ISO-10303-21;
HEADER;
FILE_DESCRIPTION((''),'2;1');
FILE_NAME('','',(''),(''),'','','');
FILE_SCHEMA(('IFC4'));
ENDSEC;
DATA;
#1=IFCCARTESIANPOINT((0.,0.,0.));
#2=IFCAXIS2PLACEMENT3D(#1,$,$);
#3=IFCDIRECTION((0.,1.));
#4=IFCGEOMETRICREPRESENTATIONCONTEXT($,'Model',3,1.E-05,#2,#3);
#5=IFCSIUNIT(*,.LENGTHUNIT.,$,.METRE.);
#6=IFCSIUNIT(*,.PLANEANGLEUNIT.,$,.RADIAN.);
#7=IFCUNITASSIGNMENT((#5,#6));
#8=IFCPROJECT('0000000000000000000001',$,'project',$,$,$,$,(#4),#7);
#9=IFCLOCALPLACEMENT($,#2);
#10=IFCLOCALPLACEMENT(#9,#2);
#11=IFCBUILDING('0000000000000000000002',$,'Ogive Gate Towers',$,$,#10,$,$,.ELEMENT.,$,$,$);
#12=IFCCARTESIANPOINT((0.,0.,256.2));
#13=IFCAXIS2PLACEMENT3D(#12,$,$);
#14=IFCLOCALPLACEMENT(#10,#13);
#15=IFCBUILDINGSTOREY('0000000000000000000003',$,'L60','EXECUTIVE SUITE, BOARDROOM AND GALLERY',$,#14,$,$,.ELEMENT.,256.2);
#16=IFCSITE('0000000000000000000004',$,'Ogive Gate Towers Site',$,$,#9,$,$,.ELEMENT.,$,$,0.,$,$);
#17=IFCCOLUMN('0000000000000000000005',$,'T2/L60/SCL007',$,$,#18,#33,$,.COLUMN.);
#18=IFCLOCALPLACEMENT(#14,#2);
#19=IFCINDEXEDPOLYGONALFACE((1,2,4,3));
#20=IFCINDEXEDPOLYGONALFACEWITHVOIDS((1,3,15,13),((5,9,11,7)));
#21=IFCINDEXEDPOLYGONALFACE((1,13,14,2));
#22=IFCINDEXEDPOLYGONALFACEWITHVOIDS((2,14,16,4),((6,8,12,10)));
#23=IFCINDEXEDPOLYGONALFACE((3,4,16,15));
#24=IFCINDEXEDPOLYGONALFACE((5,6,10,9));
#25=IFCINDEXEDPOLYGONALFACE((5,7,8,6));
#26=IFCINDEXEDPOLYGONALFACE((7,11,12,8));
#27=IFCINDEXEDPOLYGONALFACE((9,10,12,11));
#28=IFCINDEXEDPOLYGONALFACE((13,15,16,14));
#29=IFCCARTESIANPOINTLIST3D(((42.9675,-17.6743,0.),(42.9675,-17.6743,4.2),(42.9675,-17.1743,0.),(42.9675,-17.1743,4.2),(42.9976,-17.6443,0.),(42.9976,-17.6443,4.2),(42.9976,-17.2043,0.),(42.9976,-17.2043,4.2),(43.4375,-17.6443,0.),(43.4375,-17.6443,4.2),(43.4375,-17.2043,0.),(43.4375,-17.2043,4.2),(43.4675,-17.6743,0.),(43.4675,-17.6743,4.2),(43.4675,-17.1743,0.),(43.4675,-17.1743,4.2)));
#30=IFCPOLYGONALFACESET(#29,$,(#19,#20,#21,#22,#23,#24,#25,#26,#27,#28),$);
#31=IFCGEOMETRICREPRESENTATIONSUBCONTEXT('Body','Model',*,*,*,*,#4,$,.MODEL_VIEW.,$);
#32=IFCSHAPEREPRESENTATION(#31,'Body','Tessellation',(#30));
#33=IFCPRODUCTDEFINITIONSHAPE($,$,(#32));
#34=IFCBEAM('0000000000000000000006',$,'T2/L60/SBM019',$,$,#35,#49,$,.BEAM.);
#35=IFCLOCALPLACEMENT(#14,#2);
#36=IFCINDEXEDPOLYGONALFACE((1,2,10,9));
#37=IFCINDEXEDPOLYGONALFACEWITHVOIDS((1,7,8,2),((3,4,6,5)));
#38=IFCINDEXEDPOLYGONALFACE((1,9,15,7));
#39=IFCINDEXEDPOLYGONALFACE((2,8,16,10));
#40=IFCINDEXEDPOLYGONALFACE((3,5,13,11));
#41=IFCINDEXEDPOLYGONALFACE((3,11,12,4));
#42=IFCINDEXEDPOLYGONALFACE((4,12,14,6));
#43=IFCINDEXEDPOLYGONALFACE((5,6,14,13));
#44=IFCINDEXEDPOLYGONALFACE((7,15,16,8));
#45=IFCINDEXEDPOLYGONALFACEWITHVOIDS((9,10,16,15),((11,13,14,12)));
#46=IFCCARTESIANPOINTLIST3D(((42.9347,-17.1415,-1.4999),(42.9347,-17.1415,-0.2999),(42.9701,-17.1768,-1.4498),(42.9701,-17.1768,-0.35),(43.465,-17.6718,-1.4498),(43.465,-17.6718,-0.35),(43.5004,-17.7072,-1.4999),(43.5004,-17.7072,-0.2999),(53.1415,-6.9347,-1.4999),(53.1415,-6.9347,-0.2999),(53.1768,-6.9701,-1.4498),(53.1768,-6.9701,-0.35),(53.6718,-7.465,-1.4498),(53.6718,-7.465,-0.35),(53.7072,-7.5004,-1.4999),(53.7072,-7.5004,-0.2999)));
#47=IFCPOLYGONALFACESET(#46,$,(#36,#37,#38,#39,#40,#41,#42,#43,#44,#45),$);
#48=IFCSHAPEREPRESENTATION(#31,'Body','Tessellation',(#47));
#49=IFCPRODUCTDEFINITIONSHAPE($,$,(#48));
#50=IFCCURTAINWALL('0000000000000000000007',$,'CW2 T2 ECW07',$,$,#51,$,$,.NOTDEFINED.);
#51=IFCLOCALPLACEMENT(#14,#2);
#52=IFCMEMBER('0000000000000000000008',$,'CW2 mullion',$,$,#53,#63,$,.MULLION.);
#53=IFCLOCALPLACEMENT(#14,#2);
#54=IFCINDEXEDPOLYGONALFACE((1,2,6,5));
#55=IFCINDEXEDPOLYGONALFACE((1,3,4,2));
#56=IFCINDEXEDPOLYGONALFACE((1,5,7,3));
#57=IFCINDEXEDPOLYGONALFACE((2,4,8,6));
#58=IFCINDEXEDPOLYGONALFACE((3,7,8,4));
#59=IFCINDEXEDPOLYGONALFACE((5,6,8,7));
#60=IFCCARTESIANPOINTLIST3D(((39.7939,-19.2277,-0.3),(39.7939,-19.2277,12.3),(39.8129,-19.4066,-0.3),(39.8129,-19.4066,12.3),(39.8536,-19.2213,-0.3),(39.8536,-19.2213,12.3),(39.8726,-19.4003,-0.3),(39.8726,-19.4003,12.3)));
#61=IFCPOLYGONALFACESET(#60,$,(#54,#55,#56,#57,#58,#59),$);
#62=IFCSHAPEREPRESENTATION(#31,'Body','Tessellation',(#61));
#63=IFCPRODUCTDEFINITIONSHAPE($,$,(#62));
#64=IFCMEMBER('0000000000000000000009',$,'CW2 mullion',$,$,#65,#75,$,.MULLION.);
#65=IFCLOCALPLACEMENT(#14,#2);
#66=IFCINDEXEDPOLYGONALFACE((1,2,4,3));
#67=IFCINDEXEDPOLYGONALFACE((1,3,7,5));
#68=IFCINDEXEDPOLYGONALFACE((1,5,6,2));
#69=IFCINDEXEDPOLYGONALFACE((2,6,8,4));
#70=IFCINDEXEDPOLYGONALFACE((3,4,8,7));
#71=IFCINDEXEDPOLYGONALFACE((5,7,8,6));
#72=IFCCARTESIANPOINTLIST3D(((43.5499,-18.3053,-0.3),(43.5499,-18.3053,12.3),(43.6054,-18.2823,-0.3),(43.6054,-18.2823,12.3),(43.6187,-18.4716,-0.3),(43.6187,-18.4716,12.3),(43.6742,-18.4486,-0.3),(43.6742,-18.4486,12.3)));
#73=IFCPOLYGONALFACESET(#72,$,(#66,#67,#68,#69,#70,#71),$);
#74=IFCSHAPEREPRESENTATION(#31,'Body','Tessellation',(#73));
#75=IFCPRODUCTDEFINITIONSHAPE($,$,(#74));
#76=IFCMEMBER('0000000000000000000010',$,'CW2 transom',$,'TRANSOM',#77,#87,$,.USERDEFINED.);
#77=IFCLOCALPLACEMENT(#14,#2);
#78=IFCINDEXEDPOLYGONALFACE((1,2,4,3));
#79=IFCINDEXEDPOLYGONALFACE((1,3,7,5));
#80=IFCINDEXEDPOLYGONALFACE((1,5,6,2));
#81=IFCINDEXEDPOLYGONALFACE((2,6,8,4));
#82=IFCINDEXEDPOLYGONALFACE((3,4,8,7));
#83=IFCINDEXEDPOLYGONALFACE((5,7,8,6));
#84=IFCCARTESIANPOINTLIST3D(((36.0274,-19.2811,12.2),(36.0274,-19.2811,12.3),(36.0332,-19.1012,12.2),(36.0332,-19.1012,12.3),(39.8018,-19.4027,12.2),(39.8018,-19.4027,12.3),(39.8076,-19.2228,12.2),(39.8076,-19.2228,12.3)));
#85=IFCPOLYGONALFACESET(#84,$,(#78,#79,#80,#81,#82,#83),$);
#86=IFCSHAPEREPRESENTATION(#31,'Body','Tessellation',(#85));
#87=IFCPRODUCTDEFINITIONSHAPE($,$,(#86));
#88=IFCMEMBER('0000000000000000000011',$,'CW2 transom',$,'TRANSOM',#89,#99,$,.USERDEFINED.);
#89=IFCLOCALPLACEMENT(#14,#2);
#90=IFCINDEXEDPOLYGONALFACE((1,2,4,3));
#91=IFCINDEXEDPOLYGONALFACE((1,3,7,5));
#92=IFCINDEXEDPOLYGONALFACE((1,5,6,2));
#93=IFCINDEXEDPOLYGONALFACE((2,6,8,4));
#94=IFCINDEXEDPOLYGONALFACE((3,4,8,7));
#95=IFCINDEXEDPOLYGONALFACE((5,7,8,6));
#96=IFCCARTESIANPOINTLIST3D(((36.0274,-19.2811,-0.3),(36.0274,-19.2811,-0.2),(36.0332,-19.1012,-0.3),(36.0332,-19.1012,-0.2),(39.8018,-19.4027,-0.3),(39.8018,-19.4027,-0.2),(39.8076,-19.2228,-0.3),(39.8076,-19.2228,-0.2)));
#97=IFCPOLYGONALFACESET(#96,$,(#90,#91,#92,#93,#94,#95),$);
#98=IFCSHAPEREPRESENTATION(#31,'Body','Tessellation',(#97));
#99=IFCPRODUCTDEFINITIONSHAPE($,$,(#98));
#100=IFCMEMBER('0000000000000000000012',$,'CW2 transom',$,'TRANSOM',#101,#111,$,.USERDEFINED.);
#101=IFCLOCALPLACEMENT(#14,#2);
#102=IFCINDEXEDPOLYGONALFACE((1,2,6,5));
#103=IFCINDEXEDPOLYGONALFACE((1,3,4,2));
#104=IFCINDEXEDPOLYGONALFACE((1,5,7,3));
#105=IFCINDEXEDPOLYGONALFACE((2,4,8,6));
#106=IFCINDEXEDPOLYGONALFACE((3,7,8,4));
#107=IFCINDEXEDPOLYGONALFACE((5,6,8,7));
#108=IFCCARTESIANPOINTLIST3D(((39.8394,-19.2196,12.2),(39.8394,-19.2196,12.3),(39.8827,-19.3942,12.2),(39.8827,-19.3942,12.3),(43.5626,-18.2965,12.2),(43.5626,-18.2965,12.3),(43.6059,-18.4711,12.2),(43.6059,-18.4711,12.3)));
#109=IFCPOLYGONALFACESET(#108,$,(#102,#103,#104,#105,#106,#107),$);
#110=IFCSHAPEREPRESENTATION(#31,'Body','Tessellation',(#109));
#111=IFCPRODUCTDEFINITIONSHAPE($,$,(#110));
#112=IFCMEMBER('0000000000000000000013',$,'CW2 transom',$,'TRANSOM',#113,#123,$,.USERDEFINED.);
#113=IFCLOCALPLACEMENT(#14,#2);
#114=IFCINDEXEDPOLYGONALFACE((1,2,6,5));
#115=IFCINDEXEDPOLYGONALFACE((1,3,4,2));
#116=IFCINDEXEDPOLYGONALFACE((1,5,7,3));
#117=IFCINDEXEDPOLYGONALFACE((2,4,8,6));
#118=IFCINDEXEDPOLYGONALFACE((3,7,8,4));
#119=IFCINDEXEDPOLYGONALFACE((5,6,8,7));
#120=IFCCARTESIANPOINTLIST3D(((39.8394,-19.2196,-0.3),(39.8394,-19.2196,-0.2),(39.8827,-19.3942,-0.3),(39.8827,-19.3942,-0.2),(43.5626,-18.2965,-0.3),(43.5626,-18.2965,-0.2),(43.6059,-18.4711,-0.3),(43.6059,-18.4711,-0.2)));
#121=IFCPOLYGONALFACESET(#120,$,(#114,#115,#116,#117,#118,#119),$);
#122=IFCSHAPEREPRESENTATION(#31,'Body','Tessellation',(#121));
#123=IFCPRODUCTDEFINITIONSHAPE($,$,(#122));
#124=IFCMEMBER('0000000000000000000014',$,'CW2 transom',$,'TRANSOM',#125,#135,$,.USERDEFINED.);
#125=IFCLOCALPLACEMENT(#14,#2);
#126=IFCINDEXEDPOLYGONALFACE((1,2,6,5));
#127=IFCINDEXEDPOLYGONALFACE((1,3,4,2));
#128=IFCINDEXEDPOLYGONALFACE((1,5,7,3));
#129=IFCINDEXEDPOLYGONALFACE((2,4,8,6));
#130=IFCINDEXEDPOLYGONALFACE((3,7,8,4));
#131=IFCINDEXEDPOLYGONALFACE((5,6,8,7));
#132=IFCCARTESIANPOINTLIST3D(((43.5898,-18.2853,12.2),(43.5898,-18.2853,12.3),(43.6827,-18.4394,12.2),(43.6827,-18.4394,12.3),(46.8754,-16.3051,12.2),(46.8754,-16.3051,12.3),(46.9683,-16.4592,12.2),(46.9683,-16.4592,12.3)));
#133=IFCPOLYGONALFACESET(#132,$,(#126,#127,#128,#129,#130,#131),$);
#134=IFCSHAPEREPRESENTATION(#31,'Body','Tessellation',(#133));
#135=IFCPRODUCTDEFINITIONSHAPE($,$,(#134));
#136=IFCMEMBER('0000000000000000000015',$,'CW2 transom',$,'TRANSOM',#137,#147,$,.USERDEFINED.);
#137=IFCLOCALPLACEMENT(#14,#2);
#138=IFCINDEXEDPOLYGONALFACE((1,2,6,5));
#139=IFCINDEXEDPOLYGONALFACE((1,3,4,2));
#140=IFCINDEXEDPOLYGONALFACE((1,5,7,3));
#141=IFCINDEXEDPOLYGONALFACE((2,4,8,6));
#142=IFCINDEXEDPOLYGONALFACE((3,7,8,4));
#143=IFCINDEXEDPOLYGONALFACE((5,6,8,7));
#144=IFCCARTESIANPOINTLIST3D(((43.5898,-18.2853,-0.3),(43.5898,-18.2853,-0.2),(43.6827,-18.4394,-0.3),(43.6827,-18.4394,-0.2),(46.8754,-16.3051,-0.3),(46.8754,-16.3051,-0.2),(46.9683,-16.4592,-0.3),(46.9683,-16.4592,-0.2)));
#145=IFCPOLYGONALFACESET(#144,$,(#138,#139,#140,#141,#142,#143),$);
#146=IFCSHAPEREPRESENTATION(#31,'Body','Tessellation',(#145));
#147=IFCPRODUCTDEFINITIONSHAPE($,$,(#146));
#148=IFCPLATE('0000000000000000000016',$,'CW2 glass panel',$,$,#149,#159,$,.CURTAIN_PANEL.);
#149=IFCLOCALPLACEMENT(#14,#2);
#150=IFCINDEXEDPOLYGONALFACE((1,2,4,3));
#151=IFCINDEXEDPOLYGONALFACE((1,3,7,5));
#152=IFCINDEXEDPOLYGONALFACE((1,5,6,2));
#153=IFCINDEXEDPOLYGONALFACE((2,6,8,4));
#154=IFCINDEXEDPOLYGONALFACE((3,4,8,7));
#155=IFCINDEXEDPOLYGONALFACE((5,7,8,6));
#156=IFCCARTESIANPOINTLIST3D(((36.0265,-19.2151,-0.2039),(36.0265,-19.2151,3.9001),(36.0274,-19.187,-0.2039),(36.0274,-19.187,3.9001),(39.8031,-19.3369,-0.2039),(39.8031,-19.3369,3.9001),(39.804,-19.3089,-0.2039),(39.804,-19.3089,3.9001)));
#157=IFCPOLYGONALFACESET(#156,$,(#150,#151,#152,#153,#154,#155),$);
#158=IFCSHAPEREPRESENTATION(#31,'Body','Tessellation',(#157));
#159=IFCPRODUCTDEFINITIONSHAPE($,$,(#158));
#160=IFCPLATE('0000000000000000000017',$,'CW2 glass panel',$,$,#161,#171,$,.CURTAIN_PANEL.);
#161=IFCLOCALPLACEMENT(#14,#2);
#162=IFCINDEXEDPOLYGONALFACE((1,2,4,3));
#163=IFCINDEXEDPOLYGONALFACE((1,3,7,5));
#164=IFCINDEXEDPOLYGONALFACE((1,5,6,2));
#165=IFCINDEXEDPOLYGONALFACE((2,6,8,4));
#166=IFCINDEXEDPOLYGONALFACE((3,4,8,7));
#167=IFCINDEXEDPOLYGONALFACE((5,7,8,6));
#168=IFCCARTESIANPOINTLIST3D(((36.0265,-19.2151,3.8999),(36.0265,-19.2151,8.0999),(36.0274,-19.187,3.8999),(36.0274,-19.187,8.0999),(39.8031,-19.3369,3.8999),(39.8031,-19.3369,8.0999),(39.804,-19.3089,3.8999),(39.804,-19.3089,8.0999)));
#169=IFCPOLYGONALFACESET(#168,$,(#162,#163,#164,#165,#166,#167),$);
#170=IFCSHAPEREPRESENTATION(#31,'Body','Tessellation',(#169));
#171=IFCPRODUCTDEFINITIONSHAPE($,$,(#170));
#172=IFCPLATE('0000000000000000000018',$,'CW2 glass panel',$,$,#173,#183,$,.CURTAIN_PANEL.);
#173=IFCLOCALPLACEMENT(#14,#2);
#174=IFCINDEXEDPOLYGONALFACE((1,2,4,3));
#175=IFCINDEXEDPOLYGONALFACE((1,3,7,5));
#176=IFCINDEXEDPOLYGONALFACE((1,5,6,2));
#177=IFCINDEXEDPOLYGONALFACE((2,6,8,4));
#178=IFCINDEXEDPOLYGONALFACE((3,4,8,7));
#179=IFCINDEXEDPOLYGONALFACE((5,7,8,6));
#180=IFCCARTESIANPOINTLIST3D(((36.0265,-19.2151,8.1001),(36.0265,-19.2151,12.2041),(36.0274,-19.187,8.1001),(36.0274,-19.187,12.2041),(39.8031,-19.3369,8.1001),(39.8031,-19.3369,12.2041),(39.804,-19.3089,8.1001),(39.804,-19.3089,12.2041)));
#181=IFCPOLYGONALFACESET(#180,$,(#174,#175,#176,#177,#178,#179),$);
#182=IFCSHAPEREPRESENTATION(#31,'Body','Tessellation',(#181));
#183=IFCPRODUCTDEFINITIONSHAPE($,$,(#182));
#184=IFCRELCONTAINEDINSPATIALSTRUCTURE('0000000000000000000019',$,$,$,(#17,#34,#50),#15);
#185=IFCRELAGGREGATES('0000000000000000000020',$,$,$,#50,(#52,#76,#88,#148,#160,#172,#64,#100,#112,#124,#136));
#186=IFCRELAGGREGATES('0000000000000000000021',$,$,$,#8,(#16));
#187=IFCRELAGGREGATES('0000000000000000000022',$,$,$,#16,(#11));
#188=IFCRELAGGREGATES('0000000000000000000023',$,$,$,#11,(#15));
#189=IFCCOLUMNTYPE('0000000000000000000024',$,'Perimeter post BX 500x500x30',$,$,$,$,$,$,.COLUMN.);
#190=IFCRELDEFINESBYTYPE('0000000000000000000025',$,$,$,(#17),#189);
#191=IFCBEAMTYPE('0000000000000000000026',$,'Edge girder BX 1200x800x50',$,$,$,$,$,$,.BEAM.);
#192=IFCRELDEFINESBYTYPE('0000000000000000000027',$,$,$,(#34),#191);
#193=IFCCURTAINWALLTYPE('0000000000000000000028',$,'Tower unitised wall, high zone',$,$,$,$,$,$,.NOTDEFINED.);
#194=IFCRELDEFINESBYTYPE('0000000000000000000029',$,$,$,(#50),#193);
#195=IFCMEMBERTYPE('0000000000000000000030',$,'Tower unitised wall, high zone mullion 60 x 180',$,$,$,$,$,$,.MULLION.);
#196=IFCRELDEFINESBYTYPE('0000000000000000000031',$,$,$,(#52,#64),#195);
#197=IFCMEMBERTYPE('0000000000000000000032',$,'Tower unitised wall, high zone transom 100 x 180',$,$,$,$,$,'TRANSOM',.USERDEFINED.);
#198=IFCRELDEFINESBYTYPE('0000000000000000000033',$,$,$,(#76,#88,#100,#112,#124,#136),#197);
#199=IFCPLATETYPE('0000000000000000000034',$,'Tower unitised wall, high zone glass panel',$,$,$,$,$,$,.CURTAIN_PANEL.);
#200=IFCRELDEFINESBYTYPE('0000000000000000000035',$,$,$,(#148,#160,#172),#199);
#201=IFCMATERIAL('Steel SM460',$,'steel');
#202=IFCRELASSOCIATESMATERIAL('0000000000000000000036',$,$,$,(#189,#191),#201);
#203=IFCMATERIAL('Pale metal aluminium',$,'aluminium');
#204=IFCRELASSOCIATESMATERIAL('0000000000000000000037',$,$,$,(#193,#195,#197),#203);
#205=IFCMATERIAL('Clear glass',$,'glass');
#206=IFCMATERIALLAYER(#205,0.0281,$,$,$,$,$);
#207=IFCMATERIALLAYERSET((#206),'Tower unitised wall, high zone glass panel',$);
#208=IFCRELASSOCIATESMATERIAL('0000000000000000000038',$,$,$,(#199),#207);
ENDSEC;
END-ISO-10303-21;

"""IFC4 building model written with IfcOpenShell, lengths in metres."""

from ifc_helpers import new_model, si_unit, direction, frame, origin, origin_2d, place, context, subcontext, project, spatial, rectangle, hollow_rectangle, extrude, material, layer, layer_set, material_profile, profile_set, type_object, element, aggregate, save


model = new_model("IFC4")

# Units and contexts
model_context = context("Model", 3, precision=1e-05, world=origin(), true_north=direction((0.0, 1.0)))
body_context = subcontext(model_context, "Body", "Model", "MODEL_VIEW")
ifc_project = project(units=[si_unit("LENGTHUNIT", "METRE"), si_unit("PLANEANGLEUNIT", "RADIAN")], contexts=[model_context])

# Site, building, storey
site_placement = place(None, origin())
site = spatial("IfcSite", under=ifc_project, at=site_placement, Name="Ogive Gate Towers Site", CompositionType="ELEMENT", RefElevation=0.0)
building_placement = place(site_placement, origin())
building = spatial("IfcBuilding", under=site, at=building_placement, Name="Ogive Gate Towers", CompositionType="ELEMENT")
storey_placement = place(building_placement, frame((0.0, 0.0, 256.2)))
storey = spatial("IfcBuildingStorey", under=building, at=storey_placement, Name="L60", Description="EXECUTIVE SUITE, BOARDROOM AND GALLERY", CompositionType="ELEMENT", Elevation=256.2)

# Column
ifc_material_1 = material(Name="Steel SM460", Category="steel")
ifc_material_profile_1 = material_profile(ifc_material_1, hollow_rectangle(XDim=0.5, YDim=0.5, WallThickness=0.03, at=origin_2d()), Name="BX 500x500x30")
ifc_profile_set_1 = profile_set([ifc_material_profile_1], Name="Steel SM460")
column_type = type_object("IfcColumnType", Name="Perimeter post BX 500x500x30", PredefinedType="COLUMN", material=ifc_profile_set_1)
column_placement = place(storey_placement, frame((43.2175, -17.4243, 0.0), z_axis=(0.0, 0.0, 1.0), x_axis=(1.0, 0.0, 0.0)))
element("IfcColumn", 1, at=column_placement, inside=storey, type_object=column_type, Name="T2/L60/SCL007", PredefinedType="COLUMN", context=body_context, shape_type="SweptSolid", body=[
    extrude(hollow_rectangle(XDim=0.5, YDim=0.5, WallThickness=0.03, at=origin_2d()), origin(), (0.0, 0.0, 1.0), 4.2),
])

# Beam
ifc_material_profile_2 = material_profile(ifc_material_1, hollow_rectangle(XDim=0.8, YDim=1.2, WallThickness=0.05, at=origin_2d()), Name="BX 1200x800x50")
ifc_profile_set_2 = profile_set([ifc_material_profile_2], Name="Steel SM460")
beam_type = type_object("IfcBeamType", Name="Edge girder BX 1200x800x50", PredefinedType="BEAM", material=ifc_profile_set_2)
beam_placement = place(storey_placement, frame((43.2175, -17.4243, -0.8999), z_axis=(0.707107, 0.707107, 0.0), x_axis=(-0.707107, 0.707107, 0.0)))
element("IfcBeam", 2, at=beam_placement, inside=storey, type_object=beam_type, Name="T2/L60/SBM019", PredefinedType="BEAM", context=body_context, shape_type="SweptSolid", body=[
    extrude(hollow_rectangle(XDim=0.8, YDim=1.2, WallThickness=0.05, at=origin_2d()), origin(), (0.0, 0.0, 1.0), 14.4346),
])

# Curtain wall, members, plates
ifc_material_2 = material(Name="Pale metal aluminium", Category="aluminium")
curtain_wall_type = type_object("IfcCurtainWallType", Name="Tower unitised wall, high zone", PredefinedType="NOTDEFINED", material=ifc_material_2)
curtain_wall_placement = place(storey_placement, origin())
curtain_wall = element("IfcCurtainWall", 3, at=curtain_wall_placement, inside=storey, type_object=curtain_wall_type, Name="CW2 T2 ECW07", PredefinedType="NOTDEFINED")
ifc_material_profile_3 = material_profile(ifc_material_2, rectangle(XDim=0.1799, YDim=0.0601, at=origin_2d()), Name="60 x 180 aluminium box")
ifc_profile_set_3 = profile_set([ifc_material_profile_3], Name="Pale metal aluminium")
member_type_1 = type_object("IfcMemberType", Name="Tower unitised wall, high zone mullion 60 x 180", PredefinedType="MULLION", material=ifc_profile_set_3)
member_1_placement = place(storey_placement, frame((39.8333, -19.314, -0.3), z_axis=(0.0, 0.0, 1.0), x_axis=(0.105205, -0.994451, 0.0)))
member_1 = element("IfcMember", 4, at=member_1_placement, type_object=member_type_1, Name="CW2 mullion", PredefinedType="MULLION", context=body_context, shape_type="SweptSolid", body=[
    extrude(rectangle(XDim=0.1799, YDim=0.0601, at=origin_2d()), origin(), (0.0, 0.0, 1.0), 12.6001),
])
member_2_placement = place(storey_placement, frame((43.6121, -18.377, -0.3), z_axis=(0.0, 0.0, 1.0), x_axis=(0.382683, -0.92388, 0.0)))
member_2 = element("IfcMember", 5, at=member_2_placement, type_object=member_type_1, Name="CW2 mullion", PredefinedType="MULLION", context=body_context, shape_type="SweptSolid", body=[
    extrude(rectangle(XDim=0.1799, YDim=0.0601, at=origin_2d()), origin(), (0.0, 0.0, 1.0), 12.6001),
])
ifc_material_profile_4 = material_profile(ifc_material_2, rectangle(XDim=0.1799, YDim=0.1001, at=origin_2d()), Name="100 x 180 aluminium box")
ifc_profile_set_4 = profile_set([ifc_material_profile_4], Name="Pale metal aluminium")
member_type_2 = type_object("IfcMemberType", Name="Tower unitised wall, high zone transom 100 x 180", ElementType="TRANSOM", PredefinedType="USERDEFINED", material=ifc_profile_set_4)
member_3_placement = place(storey_placement, frame((36.0303, -19.1912, 12.25), z_axis=(0.999482, -0.032195, 0.0), x_axis=(0.032195, 0.999482, 0.0)))
member_3 = element("IfcMember", 6, at=member_3_placement, type_object=member_type_2, Name="CW2 transom", ObjectType="TRANSOM", PredefinedType="USERDEFINED", context=body_context, shape_type="SweptSolid", body=[
    extrude(rectangle(XDim=0.1799, YDim=0.1001, at=origin_2d()), origin(), (0.0, 0.0, 1.0), 3.7764),
])
member_4_placement = place(storey_placement, frame((36.0303, -19.1912, -0.25), z_axis=(0.999482, -0.032195, 0.0), x_axis=(0.032195, 0.999482, 0.0)))
member_4 = element("IfcMember", 7, at=member_4_placement, type_object=member_type_2, Name="CW2 transom", ObjectType="TRANSOM", PredefinedType="USERDEFINED", context=body_context, shape_type="SweptSolid", body=[
    extrude(rectangle(XDim=0.1799, YDim=0.1001, at=origin_2d()), origin(), (0.0, 0.0, 1.0), 3.7764),
])
member_5_placement = place(storey_placement, frame((39.8611, -19.3069, 12.25), z_axis=(0.970612, 0.240648, 0.0), x_axis=(-0.240648, 0.970612, 0.0)))
member_5 = element("IfcMember", 8, at=member_5_placement, type_object=member_type_2, Name="CW2 transom", ObjectType="TRANSOM", PredefinedType="USERDEFINED", context=body_context, shape_type="SweptSolid", body=[
    extrude(rectangle(XDim=0.1799, YDim=0.1001, at=origin_2d()), origin(), (0.0, 0.0, 1.0), 3.8359),
])
member_6_placement = place(storey_placement, frame((39.8611, -19.3069, -0.25), z_axis=(0.970612, 0.240648, 0.0), x_axis=(-0.240648, 0.970612, 0.0)))
member_6 = element("IfcMember", 9, at=member_6_placement, type_object=member_type_2, Name="CW2 transom", ObjectType="TRANSOM", PredefinedType="USERDEFINED", context=body_context, shape_type="SweptSolid", body=[
    extrude(rectangle(XDim=0.1799, YDim=0.1001, at=origin_2d()), origin(), (0.0, 0.0, 1.0), 3.8359),
])
member_7_placement = place(storey_placement, frame((43.6362, -18.3623, 12.25), z_axis=(0.856475, 0.516189, 0.0), x_axis=(-0.516189, 0.856475, 0.0)))
member_7 = element("IfcMember", 10, at=member_7_placement, type_object=member_type_2, Name="CW2 transom", ObjectType="TRANSOM", PredefinedType="USERDEFINED", context=body_context, shape_type="SweptSolid", body=[
    extrude(rectangle(XDim=0.1799, YDim=0.1001, at=origin_2d()), origin(), (0.0, 0.0, 1.0), 3.8362),
])
member_8_placement = place(storey_placement, frame((43.6362, -18.3623, -0.25), z_axis=(0.856475, 0.516189, 0.0), x_axis=(-0.516189, 0.856475, 0.0)))
member_8 = element("IfcMember", 11, at=member_8_placement, type_object=member_type_2, Name="CW2 transom", ObjectType="TRANSOM", PredefinedType="USERDEFINED", context=body_context, shape_type="SweptSolid", body=[
    extrude(rectangle(XDim=0.1799, YDim=0.1001, at=origin_2d()), origin(), (0.0, 0.0, 1.0), 3.8362),
])
ifc_material_3 = material(Name="Clear glass", Category="glass")
ifc_layer_1 = layer(ifc_material_3, 0.0281)
ifc_layer_set_1 = layer_set([ifc_layer_1], Name="Tower unitised wall, high zone glass panel")
plate_type = type_object("IfcPlateType", Name="Tower unitised wall, high zone glass panel", PredefinedType="CURTAIN_PANEL", material=ifc_layer_set_1)
plate_1_placement = place(storey_placement, frame((37.9153, -19.262, -0.2039), z_axis=(0.0, 0.0, 1.0), x_axis=(0.99948, -0.032248, 0.0)))
plate_1 = element("IfcPlate", 12, at=plate_1_placement, type_object=plate_type, Name="CW2 glass panel", PredefinedType="CURTAIN_PANEL", context=body_context, shape_type="SweptSolid", body=[
    extrude(rectangle(XDim=3.7786, YDim=0.0281, at=origin_2d()), origin(), (0.0, 0.0, 1.0), 4.104),
])
plate_2_placement = place(storey_placement, frame((37.9153, -19.262, 3.8999), z_axis=(0.0, 0.0, 1.0), x_axis=(0.99948, -0.032248, 0.0)))
plate_2 = element("IfcPlate", 13, at=plate_2_placement, type_object=plate_type, Name="CW2 glass panel", PredefinedType="CURTAIN_PANEL", context=body_context, shape_type="SweptSolid", body=[
    extrude(rectangle(XDim=3.7786, YDim=0.0281, at=origin_2d()), origin(), (0.0, 0.0, 1.0), 4.2),
])
plate_3_placement = place(storey_placement, frame((37.9153, -19.262, 8.1001), z_axis=(0.0, 0.0, 1.0), x_axis=(0.99948, -0.032248, 0.0)))
plate_3 = element("IfcPlate", 14, at=plate_3_placement, type_object=plate_type, Name="CW2 glass panel", PredefinedType="CURTAIN_PANEL", context=body_context, shape_type="SweptSolid", body=[
    extrude(rectangle(XDim=3.7786, YDim=0.0281, at=origin_2d()), origin(), (0.0, 0.0, 1.0), 4.104),
])
aggregate(curtain_wall, [member_1, member_3, member_4, plate_1, plate_2, plate_3, member_2, member_5, member_6, member_7, member_8])

save(model, "model.ifc")
